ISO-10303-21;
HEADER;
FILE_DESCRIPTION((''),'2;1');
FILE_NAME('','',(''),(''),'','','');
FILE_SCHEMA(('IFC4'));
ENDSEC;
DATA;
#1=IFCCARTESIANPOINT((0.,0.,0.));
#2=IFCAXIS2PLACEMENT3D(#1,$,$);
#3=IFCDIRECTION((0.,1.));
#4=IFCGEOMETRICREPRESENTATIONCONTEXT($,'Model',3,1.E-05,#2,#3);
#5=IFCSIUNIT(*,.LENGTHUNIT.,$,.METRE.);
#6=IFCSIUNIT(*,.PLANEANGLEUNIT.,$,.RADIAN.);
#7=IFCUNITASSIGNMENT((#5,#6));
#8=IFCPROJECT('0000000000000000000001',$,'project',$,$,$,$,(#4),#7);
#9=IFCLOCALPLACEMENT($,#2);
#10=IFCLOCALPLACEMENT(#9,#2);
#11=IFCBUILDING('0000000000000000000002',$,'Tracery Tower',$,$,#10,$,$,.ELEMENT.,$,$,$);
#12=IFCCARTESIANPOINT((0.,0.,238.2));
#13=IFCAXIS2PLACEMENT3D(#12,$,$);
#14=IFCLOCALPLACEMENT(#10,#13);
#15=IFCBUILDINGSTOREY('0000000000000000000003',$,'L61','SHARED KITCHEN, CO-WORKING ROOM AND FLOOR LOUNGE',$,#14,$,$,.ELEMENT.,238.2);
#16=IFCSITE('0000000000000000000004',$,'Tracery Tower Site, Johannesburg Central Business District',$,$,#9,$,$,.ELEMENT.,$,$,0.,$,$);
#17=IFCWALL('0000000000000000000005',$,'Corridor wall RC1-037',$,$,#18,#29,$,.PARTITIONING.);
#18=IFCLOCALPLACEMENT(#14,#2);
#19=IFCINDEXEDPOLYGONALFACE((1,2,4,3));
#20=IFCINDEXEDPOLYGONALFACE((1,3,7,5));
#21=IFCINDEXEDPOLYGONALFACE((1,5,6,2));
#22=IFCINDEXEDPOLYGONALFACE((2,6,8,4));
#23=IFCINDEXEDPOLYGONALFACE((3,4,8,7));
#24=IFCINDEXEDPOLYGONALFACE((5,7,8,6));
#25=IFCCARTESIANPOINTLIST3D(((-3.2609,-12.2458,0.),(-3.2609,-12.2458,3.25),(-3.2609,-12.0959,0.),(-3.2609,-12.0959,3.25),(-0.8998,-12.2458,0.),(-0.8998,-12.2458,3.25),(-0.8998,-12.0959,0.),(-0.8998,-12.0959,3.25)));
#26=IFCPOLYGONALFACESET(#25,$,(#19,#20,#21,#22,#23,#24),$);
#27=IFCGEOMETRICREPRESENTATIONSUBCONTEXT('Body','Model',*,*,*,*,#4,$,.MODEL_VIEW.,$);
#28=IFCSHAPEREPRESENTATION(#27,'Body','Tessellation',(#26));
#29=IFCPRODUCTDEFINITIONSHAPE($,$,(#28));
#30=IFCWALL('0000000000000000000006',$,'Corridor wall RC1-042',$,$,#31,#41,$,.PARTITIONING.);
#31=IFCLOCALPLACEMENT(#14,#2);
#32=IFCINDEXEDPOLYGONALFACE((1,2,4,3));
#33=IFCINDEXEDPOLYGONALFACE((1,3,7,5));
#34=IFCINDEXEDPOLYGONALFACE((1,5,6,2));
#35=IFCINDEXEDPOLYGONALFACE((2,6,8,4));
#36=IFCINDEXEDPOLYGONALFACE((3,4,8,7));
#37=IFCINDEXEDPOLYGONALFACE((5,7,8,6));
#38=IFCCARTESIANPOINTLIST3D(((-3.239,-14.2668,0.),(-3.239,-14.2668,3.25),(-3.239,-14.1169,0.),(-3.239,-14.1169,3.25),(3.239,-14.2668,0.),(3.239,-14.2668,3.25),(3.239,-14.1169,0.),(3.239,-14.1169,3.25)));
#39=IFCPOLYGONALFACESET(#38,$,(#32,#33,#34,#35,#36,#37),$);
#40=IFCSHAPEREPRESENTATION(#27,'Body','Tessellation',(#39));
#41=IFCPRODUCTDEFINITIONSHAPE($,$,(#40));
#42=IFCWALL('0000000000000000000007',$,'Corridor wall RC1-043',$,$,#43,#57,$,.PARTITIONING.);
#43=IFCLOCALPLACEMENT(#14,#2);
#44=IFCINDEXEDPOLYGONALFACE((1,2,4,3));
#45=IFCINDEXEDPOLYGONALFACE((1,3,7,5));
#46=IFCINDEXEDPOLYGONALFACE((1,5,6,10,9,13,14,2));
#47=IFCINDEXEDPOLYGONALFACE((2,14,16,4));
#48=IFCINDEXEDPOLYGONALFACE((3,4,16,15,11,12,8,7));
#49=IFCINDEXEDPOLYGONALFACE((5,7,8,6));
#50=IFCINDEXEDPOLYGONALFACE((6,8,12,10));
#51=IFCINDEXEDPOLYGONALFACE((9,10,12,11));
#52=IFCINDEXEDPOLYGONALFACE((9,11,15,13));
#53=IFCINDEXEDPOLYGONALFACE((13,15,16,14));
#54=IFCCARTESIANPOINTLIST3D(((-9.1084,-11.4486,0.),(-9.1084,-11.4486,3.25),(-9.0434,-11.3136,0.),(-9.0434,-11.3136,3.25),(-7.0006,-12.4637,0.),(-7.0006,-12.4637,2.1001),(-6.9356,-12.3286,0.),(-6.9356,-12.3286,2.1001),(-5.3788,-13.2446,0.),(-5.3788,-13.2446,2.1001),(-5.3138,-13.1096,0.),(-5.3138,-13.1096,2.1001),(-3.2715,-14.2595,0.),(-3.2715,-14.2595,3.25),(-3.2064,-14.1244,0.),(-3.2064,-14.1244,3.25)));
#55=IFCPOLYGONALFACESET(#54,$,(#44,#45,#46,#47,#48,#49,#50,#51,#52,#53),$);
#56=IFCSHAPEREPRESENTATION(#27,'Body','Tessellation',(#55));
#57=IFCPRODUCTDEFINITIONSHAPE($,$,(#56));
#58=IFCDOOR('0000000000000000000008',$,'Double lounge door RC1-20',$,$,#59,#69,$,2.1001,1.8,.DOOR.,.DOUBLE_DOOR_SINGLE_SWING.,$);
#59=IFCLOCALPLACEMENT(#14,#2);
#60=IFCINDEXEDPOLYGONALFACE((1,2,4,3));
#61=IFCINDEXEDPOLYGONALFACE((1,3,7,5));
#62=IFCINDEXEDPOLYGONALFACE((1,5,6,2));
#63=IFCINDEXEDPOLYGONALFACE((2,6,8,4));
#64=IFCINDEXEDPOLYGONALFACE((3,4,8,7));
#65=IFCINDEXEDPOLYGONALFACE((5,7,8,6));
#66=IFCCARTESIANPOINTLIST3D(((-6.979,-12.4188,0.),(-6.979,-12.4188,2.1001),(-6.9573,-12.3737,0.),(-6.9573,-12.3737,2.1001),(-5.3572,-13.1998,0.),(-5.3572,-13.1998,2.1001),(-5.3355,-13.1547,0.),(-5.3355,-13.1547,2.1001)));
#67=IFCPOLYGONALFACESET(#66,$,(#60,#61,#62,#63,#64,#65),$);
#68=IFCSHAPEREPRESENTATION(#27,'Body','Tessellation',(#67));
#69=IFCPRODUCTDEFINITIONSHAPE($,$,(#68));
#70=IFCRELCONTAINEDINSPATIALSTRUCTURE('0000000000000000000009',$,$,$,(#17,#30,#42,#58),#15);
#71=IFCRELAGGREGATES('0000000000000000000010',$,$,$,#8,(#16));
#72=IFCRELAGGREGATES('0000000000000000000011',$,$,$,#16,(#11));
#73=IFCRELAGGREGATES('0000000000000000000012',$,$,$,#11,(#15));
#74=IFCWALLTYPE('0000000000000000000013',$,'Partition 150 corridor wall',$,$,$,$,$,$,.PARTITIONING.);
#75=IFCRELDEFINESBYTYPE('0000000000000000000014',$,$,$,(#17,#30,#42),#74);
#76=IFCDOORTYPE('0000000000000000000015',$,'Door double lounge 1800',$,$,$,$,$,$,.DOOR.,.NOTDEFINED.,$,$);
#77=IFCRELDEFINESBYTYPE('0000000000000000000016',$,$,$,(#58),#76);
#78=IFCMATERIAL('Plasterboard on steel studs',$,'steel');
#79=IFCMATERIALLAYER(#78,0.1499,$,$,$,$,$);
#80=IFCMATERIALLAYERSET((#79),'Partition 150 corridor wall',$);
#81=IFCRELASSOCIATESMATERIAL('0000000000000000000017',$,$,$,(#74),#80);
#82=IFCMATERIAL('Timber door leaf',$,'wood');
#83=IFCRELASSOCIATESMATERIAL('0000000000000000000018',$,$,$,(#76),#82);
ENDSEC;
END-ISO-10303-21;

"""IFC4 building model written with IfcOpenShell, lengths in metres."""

from ifc_helpers import new_model, si_unit, direction, frame, frame_2d, origin, place, context, subcontext, project, spatial, rectangle, extrude, material, layer, layer_set, type_object, element, fill, save


model = new_model("IFC4")

# Units and contexts
model_context = context("Model", 3, precision=1e-05, world=origin(), true_north=direction((0.0, 1.0)))
body_context = subcontext(model_context, "Body", "Model", "MODEL_VIEW")
ifc_project = project(units=[si_unit("LENGTHUNIT", "METRE"), si_unit("PLANEANGLEUNIT", "RADIAN")], contexts=[model_context])

# Site, building, storey
site_placement = place(None, origin())
site = spatial("IfcSite", under=ifc_project, at=site_placement, Name="Tracery Tower Site, Johannesburg Central Business District", CompositionType="ELEMENT", RefElevation=0.0)
building_placement = place(site_placement, origin())
building = spatial("IfcBuilding", under=site, at=building_placement, Name="Tracery Tower", CompositionType="ELEMENT")
storey_placement = place(building_placement, frame((0.0, 0.0, 238.2)))
storey = spatial("IfcBuildingStorey", under=building, at=storey_placement, Name="L61", Description="SHARED KITCHEN, CO-WORKING ROOM AND FLOOR LOUNGE", CompositionType="ELEMENT", Elevation=238.2)

# Shared definitions
ifc_material_1 = material(Name="Plasterboard on steel studs", Category="steel")
ifc_layer_1 = layer(ifc_material_1, 0.1499)
ifc_layer_set_1 = layer_set([ifc_layer_1], Name="Partition 150 corridor wall")
wall_type_1 = type_object("IfcWallType", Name="Partition 150 corridor wall", PredefinedType="PARTITIONING", material=ifc_layer_set_1)

# Walls
wall_1_placement = place(storey_placement, frame((-3.261, -12.1709, 0.0), z_axis=(0.0, 0.0, 1.0), x_axis=(1.0, 0.0, 0.0)))
element("IfcWall", 1, at=wall_1_placement, inside=storey, type_object=wall_type_1, Name="Corridor wall RC1-037", PredefinedType="PARTITIONING", context=body_context, shape_type="SweptSolid", body=[
    extrude(rectangle(XDim=2.3611, YDim=0.1499, at=frame_2d((1.1807, 0.0))), origin(), (0.0, 0.0, 1.0), 3.25),
])
wall_2_placement = place(storey_placement, frame((-3.239, -14.1919, 0.0), z_axis=(0.0, 0.0, 1.0), x_axis=(1.0, 0.0, 0.0)))
element("IfcWall", 2, at=wall_2_placement, inside=storey, type_object=wall_type_1, Name="Corridor wall RC1-042", PredefinedType="PARTITIONING", context=body_context, shape_type="SweptSolid", body=[
    extrude(rectangle(XDim=6.478, YDim=0.1499, at=frame_2d((3.239, 0.0))), origin(), (0.0, 0.0, 1.0), 3.25),
])

# Wall, opening, door
wall_3_placement = place(storey_placement, frame((-9.0759, -11.3811, 0.0), z_axis=(0.0, 0.0, 1.0), x_axis=(0.900976, -0.433869, 0.0)))
wall_3 = element("IfcWall", 3, at=wall_3_placement, inside=storey, type_object=wall_type_1, Name="Corridor wall RC1-043", PredefinedType="PARTITIONING", context=body_context, shape_type="SweptSolid", body=[
    extrude(rectangle(XDim=6.4785, YDim=0.1499, at=frame_2d((3.2393, 0.0))), origin(), (0.0, 0.0, 1.0), 3.25),
])
opening_1_placement = place(wall_3_placement, frame((2.3396, 0.0, 0.0)))
opening_1 = element("IfcOpeningElement", 4, at=opening_1_placement, cuts=wall_3, PredefinedType="OPENING", context=body_context, shape_type="SweptSolid", body=[
    extrude(rectangle(XDim=1.8, YDim=2.1001, at=frame_2d((0.8999, 1.05))), frame((0.0, 0.075, 0.0), z_axis=(0.0, -1.0, 0.0), x_axis=(1.0, 0.0, 0.0)), (0.0, 0.0, 1.0), 0.1499),
])
ifc_material_2 = material(Name="Timber door leaf", Category="wood")
door_type_1 = type_object("IfcDoorType", Name="Door double lounge 1800", OperationType="NOTDEFINED", PredefinedType="DOOR", material=ifc_material_2)
door_1_placement = place(opening_1_placement, origin())
door_1 = element("IfcDoor", 5, at=door_1_placement, inside=storey, type_object=door_type_1, Name="Double lounge door RC1-20", OperationType="DOUBLE_DOOR_SINGLE_SWING", OverallHeight=2.1001, OverallWidth=1.8, PredefinedType="DOOR", context=body_context, shape_type="SweptSolid", body=[
    extrude(rectangle(XDim=1.8, YDim=2.1001, at=frame_2d((0.8999, 1.05))), frame((0.0, 0.0249, 0.0), z_axis=(0.0, -1.0, 0.0), x_axis=(1.0, 0.0, 0.0)), (0.0, 0.0, 1.0), 0.05),
])
fill(opening_1, door_1)

save(model, "model.ifc")
